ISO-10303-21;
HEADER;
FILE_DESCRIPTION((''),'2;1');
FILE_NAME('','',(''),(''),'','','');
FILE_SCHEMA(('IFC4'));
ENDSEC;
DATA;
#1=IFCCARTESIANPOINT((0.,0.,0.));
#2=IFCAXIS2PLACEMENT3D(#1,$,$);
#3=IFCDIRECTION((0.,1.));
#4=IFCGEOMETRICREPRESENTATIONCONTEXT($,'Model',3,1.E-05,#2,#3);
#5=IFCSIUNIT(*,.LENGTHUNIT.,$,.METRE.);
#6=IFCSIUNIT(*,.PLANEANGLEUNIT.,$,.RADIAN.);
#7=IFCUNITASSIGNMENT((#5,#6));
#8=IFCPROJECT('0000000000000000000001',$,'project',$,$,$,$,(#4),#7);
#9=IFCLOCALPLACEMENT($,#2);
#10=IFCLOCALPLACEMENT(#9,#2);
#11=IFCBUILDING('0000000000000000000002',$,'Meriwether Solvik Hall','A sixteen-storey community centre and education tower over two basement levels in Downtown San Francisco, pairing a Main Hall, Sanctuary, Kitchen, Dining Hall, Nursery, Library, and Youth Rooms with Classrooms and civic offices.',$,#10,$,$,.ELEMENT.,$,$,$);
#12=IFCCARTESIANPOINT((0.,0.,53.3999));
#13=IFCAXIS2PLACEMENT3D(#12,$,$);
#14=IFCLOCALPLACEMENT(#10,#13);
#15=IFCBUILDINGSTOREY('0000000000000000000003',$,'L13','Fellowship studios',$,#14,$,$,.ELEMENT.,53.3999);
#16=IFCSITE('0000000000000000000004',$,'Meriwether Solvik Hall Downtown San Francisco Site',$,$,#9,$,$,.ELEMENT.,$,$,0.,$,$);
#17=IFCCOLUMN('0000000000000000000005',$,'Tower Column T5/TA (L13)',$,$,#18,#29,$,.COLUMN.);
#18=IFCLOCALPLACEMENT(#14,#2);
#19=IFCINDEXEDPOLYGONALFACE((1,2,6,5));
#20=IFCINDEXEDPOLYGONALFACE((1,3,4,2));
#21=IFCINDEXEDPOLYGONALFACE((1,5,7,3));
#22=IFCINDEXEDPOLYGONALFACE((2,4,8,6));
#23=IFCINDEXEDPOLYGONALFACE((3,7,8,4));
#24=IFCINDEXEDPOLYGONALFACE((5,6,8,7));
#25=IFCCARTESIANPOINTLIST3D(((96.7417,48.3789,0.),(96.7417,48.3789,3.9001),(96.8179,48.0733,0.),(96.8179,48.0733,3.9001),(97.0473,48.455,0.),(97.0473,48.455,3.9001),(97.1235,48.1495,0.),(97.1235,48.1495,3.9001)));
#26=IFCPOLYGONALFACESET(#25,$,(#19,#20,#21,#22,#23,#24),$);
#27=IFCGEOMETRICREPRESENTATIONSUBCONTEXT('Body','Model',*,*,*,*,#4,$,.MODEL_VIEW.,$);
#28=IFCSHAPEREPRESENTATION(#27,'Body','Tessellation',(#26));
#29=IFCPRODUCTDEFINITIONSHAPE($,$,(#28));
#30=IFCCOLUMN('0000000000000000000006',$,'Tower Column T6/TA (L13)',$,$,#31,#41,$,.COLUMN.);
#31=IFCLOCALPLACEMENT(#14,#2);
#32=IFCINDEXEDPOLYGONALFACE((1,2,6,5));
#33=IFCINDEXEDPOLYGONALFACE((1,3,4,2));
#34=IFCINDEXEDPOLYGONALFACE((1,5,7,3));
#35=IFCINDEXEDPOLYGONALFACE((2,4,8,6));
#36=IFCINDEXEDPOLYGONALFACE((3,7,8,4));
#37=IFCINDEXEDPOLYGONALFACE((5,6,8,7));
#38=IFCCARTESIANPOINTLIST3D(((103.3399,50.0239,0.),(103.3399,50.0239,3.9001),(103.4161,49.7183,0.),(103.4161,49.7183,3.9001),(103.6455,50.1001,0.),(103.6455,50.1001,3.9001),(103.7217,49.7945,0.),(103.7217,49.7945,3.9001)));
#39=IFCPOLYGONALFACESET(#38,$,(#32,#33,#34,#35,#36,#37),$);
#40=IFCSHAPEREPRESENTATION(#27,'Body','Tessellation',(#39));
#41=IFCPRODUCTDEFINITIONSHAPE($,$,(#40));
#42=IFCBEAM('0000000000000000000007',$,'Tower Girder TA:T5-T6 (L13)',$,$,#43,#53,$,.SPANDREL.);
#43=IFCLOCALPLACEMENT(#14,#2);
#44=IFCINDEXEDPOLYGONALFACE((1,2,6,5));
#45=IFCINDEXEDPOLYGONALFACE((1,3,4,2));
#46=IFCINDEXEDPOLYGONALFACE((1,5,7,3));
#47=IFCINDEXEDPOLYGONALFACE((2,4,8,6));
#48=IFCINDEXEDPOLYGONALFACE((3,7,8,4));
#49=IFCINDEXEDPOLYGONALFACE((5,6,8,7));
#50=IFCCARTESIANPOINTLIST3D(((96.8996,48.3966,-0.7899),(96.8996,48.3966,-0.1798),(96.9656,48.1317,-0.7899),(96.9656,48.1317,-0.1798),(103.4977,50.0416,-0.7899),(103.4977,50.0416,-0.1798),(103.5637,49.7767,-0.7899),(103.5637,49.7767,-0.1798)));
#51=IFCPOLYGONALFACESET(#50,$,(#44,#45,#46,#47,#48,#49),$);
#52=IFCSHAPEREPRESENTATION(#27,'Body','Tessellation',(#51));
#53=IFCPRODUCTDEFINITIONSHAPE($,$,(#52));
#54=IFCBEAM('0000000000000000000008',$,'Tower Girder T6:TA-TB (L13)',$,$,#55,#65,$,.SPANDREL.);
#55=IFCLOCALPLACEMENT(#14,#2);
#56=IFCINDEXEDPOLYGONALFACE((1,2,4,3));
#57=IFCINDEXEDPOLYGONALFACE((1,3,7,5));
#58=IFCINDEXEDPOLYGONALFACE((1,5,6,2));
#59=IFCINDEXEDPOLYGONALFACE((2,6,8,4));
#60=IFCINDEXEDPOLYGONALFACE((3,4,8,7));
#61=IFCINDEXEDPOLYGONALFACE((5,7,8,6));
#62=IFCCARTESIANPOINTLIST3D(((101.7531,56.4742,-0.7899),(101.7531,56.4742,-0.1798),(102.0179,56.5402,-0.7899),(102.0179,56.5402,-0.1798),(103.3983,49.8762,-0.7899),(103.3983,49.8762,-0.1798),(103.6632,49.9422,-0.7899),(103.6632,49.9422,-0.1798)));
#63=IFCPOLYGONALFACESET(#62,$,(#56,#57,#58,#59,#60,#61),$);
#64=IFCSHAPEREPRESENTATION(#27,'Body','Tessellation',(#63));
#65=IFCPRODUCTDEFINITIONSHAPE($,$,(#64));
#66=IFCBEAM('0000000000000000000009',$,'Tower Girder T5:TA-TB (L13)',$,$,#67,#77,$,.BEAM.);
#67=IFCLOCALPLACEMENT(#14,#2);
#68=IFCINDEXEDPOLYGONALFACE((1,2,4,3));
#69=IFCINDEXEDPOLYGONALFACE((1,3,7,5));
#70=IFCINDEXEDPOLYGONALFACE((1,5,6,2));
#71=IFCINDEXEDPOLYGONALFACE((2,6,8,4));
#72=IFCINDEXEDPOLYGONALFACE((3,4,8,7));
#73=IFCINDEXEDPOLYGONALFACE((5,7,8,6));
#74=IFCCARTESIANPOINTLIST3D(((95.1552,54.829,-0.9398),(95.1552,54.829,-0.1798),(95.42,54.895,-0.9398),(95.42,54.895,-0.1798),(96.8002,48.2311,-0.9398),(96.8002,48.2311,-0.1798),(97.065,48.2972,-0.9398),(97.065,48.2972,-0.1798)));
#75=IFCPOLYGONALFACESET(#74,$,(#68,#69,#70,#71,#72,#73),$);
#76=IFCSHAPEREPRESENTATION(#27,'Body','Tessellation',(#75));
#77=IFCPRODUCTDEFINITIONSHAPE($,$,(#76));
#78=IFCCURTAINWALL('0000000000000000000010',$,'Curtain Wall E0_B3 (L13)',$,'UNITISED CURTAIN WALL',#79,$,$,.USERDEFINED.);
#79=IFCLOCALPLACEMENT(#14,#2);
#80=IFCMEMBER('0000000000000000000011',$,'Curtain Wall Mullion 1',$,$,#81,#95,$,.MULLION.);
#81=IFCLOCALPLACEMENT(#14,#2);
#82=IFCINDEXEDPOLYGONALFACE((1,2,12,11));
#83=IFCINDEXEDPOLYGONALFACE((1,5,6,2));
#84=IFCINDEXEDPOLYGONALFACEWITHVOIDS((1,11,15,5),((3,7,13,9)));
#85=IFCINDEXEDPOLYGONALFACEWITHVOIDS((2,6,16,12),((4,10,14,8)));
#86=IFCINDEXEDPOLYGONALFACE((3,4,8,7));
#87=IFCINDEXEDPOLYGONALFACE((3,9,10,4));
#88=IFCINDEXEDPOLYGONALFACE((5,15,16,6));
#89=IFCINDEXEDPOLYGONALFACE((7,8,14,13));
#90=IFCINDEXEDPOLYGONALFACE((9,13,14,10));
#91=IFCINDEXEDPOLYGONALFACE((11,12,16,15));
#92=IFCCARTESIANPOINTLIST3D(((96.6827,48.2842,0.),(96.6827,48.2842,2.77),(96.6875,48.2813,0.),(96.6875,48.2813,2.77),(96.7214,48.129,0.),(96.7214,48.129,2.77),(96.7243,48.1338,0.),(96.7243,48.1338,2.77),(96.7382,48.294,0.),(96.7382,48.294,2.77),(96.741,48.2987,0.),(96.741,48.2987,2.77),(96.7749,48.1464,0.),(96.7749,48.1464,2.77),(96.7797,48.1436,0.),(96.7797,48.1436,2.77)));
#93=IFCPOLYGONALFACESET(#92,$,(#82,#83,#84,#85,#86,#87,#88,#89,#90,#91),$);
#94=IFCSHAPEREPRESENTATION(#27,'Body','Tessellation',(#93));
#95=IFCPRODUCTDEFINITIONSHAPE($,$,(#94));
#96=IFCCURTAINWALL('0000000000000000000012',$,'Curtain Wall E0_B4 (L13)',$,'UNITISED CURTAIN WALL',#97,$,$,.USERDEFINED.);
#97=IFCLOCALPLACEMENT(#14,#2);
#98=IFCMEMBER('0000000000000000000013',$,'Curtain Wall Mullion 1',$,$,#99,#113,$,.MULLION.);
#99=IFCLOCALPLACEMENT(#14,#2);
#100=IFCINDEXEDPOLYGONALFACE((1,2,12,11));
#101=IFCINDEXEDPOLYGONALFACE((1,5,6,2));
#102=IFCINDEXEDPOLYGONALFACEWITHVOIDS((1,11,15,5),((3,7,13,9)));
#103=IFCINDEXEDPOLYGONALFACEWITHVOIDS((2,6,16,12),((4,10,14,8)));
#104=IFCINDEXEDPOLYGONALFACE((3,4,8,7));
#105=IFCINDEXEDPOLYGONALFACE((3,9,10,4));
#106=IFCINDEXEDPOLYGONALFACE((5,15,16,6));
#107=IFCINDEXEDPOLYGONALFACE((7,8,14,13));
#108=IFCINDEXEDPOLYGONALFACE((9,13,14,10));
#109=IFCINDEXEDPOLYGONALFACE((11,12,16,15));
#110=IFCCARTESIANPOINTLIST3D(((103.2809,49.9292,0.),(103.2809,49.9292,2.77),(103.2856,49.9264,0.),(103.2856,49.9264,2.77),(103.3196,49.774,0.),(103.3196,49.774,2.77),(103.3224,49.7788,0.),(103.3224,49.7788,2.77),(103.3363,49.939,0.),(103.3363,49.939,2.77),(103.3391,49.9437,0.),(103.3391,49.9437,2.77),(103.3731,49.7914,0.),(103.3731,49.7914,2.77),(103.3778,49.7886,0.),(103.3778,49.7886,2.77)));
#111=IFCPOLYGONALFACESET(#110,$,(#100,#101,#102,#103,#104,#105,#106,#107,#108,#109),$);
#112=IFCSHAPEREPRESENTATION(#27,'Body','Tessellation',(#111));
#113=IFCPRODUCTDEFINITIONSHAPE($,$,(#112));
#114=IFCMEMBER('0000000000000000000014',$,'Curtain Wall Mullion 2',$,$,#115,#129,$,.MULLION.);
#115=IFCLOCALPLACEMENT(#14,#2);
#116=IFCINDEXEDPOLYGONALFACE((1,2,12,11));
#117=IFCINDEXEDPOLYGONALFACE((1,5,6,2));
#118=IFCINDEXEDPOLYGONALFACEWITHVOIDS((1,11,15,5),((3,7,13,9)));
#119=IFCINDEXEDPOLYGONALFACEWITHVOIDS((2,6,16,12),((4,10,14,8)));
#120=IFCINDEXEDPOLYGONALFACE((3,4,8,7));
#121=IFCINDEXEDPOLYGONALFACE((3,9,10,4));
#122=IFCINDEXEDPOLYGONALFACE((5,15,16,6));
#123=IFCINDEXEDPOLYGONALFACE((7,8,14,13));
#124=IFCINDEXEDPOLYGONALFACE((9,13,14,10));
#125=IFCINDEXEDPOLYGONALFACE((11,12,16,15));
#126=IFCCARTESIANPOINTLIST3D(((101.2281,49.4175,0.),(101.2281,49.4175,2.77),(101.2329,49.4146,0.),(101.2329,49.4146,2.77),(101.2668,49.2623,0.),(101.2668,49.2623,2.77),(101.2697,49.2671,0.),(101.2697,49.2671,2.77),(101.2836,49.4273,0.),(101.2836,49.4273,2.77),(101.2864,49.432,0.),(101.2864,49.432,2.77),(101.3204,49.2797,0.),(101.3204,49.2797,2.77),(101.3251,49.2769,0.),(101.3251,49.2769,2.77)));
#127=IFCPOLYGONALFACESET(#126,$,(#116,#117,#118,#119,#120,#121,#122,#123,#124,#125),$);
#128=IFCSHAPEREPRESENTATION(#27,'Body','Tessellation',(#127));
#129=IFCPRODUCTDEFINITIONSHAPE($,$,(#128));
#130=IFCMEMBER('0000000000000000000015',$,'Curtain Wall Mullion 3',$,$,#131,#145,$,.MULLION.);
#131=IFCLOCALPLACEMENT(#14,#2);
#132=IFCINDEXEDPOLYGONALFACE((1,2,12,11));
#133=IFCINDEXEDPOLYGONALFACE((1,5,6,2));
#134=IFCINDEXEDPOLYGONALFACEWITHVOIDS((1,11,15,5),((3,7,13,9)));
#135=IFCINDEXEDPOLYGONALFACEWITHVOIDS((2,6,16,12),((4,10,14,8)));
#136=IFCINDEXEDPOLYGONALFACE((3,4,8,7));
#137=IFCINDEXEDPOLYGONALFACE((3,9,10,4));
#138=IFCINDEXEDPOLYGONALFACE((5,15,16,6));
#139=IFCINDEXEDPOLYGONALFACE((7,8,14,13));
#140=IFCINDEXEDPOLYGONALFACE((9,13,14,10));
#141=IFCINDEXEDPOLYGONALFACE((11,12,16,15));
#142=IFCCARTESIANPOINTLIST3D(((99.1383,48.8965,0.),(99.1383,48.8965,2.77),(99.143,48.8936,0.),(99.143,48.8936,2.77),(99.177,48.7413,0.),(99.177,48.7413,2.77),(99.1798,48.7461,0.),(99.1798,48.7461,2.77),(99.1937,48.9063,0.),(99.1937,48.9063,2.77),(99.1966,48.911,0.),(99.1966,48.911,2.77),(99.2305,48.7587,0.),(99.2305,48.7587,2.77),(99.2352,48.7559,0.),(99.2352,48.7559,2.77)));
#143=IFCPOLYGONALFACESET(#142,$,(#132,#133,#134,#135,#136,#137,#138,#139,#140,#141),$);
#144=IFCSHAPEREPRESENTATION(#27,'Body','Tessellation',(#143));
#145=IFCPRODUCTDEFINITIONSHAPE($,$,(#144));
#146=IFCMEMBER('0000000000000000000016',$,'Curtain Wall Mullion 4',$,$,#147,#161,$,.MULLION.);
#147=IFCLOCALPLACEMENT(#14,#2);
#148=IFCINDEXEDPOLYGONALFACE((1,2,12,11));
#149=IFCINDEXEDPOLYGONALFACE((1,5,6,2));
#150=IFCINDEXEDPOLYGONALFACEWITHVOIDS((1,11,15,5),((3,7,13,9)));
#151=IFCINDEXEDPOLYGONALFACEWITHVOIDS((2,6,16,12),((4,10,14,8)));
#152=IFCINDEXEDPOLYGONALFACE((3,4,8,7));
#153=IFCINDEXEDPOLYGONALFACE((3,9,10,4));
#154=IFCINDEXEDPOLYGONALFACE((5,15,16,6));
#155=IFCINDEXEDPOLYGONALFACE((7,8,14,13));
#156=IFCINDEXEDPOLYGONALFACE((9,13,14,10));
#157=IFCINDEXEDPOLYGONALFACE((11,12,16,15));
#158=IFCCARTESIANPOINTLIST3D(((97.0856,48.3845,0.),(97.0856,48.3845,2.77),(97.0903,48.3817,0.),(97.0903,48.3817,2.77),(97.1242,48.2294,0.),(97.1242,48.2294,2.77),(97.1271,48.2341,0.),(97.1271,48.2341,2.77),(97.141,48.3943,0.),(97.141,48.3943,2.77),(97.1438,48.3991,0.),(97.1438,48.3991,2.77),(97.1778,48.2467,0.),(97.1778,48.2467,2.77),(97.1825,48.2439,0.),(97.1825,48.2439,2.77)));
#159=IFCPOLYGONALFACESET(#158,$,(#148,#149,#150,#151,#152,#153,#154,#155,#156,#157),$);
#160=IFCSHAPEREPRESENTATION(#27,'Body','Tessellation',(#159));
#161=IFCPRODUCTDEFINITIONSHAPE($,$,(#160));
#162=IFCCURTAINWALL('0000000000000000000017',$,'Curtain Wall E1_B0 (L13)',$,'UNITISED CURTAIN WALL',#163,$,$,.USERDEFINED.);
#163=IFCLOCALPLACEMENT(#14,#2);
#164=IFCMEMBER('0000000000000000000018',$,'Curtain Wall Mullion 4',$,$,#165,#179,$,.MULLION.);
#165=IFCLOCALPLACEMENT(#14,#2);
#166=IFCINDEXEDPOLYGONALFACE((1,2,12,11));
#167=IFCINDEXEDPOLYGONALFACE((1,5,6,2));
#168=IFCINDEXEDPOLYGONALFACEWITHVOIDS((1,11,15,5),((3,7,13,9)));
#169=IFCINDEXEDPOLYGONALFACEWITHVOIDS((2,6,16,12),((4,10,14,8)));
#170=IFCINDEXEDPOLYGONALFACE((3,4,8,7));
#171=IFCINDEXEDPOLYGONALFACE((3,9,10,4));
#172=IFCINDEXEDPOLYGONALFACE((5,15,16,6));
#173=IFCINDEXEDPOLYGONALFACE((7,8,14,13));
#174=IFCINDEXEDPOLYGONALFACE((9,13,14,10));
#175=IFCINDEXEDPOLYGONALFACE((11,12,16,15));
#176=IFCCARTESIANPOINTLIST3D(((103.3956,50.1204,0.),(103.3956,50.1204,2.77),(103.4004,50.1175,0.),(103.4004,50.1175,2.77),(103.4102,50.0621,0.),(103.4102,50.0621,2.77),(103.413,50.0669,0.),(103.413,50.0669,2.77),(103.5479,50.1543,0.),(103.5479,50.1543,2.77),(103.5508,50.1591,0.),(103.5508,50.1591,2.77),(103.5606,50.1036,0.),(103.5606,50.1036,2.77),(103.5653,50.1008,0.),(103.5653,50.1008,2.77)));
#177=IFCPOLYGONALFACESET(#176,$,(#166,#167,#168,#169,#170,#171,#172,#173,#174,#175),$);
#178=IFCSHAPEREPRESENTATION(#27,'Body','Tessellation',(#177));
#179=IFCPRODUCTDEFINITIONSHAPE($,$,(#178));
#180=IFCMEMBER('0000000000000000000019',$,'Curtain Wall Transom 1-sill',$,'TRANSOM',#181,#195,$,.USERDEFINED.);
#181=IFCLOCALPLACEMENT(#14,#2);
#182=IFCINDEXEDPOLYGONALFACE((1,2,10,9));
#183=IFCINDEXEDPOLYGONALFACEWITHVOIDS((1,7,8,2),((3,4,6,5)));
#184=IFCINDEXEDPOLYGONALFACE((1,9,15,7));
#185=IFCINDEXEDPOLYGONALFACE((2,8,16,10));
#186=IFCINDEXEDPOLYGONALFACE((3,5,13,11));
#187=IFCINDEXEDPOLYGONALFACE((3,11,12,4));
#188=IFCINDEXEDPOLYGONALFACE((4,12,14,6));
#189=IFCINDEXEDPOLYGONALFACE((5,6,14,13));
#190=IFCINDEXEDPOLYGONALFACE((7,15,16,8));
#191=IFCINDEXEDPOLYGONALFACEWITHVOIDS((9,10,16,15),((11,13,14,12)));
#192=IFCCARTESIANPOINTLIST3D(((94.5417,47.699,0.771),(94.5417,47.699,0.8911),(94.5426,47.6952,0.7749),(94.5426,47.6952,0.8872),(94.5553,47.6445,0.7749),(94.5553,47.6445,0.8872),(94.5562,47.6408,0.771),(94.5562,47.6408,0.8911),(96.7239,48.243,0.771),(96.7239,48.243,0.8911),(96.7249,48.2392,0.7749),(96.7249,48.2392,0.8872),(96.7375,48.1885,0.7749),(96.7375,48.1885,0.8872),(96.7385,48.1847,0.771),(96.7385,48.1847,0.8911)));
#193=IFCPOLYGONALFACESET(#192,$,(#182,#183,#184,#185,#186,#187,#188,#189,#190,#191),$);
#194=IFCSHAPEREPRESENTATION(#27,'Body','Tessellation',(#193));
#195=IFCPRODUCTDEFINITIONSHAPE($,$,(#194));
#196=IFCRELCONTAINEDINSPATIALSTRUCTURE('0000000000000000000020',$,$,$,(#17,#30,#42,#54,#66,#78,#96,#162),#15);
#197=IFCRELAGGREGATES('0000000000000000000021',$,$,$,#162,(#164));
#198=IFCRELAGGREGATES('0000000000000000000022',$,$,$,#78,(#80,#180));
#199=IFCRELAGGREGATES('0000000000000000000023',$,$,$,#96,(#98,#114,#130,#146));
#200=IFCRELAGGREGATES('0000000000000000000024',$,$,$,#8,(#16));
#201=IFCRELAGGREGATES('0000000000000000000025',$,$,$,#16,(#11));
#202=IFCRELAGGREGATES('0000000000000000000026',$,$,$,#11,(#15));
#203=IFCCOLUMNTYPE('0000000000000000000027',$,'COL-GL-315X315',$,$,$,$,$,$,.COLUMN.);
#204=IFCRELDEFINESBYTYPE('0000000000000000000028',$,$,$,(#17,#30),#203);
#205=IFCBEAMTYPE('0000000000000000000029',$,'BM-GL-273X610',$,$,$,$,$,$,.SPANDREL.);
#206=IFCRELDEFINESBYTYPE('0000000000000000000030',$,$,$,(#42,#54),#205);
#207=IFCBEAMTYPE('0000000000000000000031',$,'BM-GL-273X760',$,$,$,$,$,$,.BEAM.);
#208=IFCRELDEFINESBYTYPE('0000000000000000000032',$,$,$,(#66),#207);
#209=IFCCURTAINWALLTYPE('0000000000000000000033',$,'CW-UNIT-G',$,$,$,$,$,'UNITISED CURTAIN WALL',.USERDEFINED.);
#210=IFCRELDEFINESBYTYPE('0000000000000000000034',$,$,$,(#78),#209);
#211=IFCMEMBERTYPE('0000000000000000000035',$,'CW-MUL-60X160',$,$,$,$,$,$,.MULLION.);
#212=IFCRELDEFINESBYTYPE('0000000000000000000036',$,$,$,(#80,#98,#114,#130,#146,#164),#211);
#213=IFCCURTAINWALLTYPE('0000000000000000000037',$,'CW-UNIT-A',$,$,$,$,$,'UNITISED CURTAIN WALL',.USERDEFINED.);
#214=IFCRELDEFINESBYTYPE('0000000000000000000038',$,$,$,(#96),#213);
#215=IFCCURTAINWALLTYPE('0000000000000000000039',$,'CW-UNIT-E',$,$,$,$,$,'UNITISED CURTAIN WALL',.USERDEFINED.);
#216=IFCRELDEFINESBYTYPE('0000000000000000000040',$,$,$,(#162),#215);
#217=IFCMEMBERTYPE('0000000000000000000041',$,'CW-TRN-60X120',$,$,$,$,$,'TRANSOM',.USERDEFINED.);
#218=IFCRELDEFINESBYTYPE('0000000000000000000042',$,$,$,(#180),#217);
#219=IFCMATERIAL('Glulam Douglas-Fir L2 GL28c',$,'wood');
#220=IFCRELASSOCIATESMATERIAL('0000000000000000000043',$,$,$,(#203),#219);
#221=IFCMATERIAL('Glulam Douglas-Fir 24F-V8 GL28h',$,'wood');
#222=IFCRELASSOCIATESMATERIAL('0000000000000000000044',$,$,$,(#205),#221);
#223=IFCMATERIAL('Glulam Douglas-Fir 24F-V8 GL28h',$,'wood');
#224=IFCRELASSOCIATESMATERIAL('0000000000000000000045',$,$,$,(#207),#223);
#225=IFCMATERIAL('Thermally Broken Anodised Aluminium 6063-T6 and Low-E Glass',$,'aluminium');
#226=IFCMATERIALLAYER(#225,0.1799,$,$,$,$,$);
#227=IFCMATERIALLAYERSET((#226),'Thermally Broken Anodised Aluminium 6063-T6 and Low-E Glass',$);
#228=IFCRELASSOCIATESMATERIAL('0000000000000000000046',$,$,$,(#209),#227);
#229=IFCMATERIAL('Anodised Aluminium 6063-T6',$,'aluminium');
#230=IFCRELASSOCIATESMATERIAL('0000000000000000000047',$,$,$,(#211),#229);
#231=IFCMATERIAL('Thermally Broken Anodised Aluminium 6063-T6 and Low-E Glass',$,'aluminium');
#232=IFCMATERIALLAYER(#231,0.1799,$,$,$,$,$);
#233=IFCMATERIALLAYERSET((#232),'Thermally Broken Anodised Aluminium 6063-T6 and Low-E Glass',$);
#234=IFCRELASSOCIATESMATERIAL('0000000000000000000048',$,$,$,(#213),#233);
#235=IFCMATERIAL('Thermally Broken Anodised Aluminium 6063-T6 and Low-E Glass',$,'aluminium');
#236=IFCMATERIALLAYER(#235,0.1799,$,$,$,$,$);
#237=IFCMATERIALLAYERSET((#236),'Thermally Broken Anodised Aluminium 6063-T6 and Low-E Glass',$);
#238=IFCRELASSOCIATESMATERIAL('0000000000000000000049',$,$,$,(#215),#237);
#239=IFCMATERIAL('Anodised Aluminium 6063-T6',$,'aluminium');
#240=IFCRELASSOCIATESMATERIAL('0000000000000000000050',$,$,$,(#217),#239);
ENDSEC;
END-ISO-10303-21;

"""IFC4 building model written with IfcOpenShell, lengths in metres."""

from ifc_helpers import new_model, si_unit, direction, frame, origin, origin_2d, place, context, subcontext, project, spatial, rectangle, hollow_rectangle, extrude, material, layer, layer_set, material_profile, profile_set, type_object, element, aggregate, save


model = new_model("IFC4")

# Units and contexts
model_context = context("Model", 3, precision=1e-05, world=origin(), true_north=direction((0.0, 1.0)))
body_context = subcontext(model_context, "Body", "Model", "MODEL_VIEW")
ifc_project = project(units=[si_unit("LENGTHUNIT", "METRE"), si_unit("PLANEANGLEUNIT", "RADIAN")], contexts=[model_context])

# Site, building, storey
site_placement = place(None, origin())
site = spatial("IfcSite", under=ifc_project, at=site_placement, Name="Meriwether Solvik Hall Downtown San Francisco Site", CompositionType="ELEMENT", RefElevation=0.0)
building_placement = place(site_placement, origin())
building = spatial("IfcBuilding", under=site, at=building_placement, Name="Meriwether Solvik Hall", Description="A sixteen-storey community centre and education tower over two basement levels in Downtown San Francisco, pairing a Main Hall, Sanctuary, Kitchen, Dining Hall, Nursery, Library, and Youth Rooms with Classrooms and civic offices.", CompositionType="ELEMENT")
storey_placement = place(building_placement, frame((0.0, 0.0, 53.3999)))
storey = spatial("IfcBuildingStorey", under=building, at=storey_placement, Name="L13", Description="Fellowship studios", CompositionType="ELEMENT", Elevation=53.3999)

# Columns
ifc_material_1 = material(Name="Glulam Douglas-Fir L2 GL28c", Category="wood")
ifc_material_profile_1 = material_profile(ifc_material_1, rectangle(XDim=0.3149, YDim=0.3149, at=origin_2d()), Name="GLC-315X315")
ifc_profile_set_1 = profile_set([ifc_material_profile_1], Name="Glulam Douglas-Fir L2 GL28c")
column_type = type_object("IfcColumnType", Name="COL-GL-315X315", PredefinedType="COLUMN", material=ifc_profile_set_1)
for number, where, z_axis, x_axis, name in (
    (1, (96.9326, 48.2642, 0.0), (0.0, 0.0, 1.0), (0.970296, 0.241922, 0.0), "Tower Column T5/TA (L13)"),
    (2, (103.5308, 49.9092, 0.0), (0.0, 0.0, 1.0), (0.970296, 0.241922, 0.0), "Tower Column T6/TA (L13)"),
):
    element("IfcColumn", number, at=place(storey_placement, frame(where, z_axis=z_axis, x_axis=x_axis)), inside=storey, type_object=column_type, Name=name, PredefinedType="COLUMN", context=body_context, shape_type="SweptSolid", body=[
        extrude(rectangle(XDim=0.3149, YDim=0.3149, at=origin_2d()), origin(), (0.0, 0.0, 1.0), 3.9001),
    ])

# Beams
ifc_material_2 = material(Name="Glulam Douglas-Fir 24F-V8 GL28h", Category="wood")
ifc_material_profile_2 = material_profile(ifc_material_2, rectangle(XDim=0.2729, YDim=0.6101, at=origin_2d()), Name="GLB-273X610")
ifc_profile_set_2 = profile_set([ifc_material_profile_2], Name="Glulam Douglas-Fir 24F-V8 GL28h")
beam_type_1 = type_object("IfcBeamType", Name="BM-GL-273X610", PredefinedType="SPANDREL", material=ifc_profile_set_2)
for number, where, z_axis, x_axis, name in (
    (3, (96.9326, 48.2642, -0.4849), (0.970299, 0.24191, 0.0), (-0.24191, 0.970299, 0.0), "Tower Girder TA:T5-T6 (L13)"),
    (4, (103.5308, 49.9092, -0.4849), (-0.241953, 0.970288, 0.0), (-0.970288, -0.241953, 0.0), "Tower Girder T6:TA-TB (L13)"),
):
    element("IfcBeam", number, at=place(storey_placement, frame(where, z_axis=z_axis, x_axis=x_axis)), inside=storey, type_object=beam_type_1, Name=name, PredefinedType="SPANDREL", context=body_context, shape_type="SweptSolid", body=[
        extrude(rectangle(XDim=0.2729, YDim=0.6101, at=origin_2d()), origin(), (0.0, 0.0, 1.0), 6.8),
    ])
ifc_material_3 = material(Name="Glulam Douglas-Fir 24F-V8 GL28h", Category="wood")
ifc_material_profile_3 = material_profile(ifc_material_3, rectangle(XDim=0.2729, YDim=0.76, at=origin_2d()), Name="GLB-273X760")
ifc_profile_set_3 = profile_set([ifc_material_profile_3], Name="Glulam Douglas-Fir 24F-V8 GL28h")
beam_type_2 = type_object("IfcBeamType", Name="BM-GL-273X760", PredefinedType="BEAM", material=ifc_profile_set_3)
beam_1_placement = place(storey_placement, frame((96.9326, 48.2642, -0.5598), z_axis=(-0.241919, 0.970296, 0.0), x_axis=(-0.970296, -0.241919, 0.0)))
element("IfcBeam", 5, at=beam_1_placement, inside=storey, type_object=beam_type_2, Name="Tower Girder T5:TA-TB (L13)", PredefinedType="BEAM", context=body_context, shape_type="SweptSolid", body=[
    extrude(rectangle(XDim=0.2729, YDim=0.76, at=origin_2d()), origin(), (0.0, 0.0, 1.0), 6.7998),
])

# Curtain wall, member
ifc_material_4 = material(Name="Thermally Broken Anodised Aluminium 6063-T6 and Low-E Glass", Category="aluminium")
ifc_layer_1 = layer(ifc_material_4, 0.1799)
ifc_layer_set_1 = layer_set([ifc_layer_1], Name="Thermally Broken Anodised Aluminium 6063-T6 and Low-E Glass")
curtain_wall_type_1 = type_object("IfcCurtainWallType", Name="CW-UNIT-G", ElementType="UNITISED CURTAIN WALL", PredefinedType="USERDEFINED", material=ifc_layer_set_1)
curtain_wall_1_placement = place(storey_placement, origin())
curtain_wall_1 = element("IfcCurtainWall", 6, at=curtain_wall_1_placement, inside=storey, type_object=curtain_wall_type_1, Name="Curtain Wall E0_B3 (L13)", ObjectType="UNITISED CURTAIN WALL", PredefinedType="USERDEFINED")
ifc_material_5 = material(Name="Anodised Aluminium 6063-T6", Category="aluminium")
ifc_material_profile_4 = material_profile(ifc_material_5, hollow_rectangle(XDim=0.0601, YDim=0.1599, WallThickness=0.0039, at=origin_2d()), Name="CWM-60X160")
ifc_profile_set_4 = profile_set([ifc_material_profile_4], Name="Anodised Aluminium 6063-T6")
member_type_1 = type_object("IfcMemberType", Name="CW-MUL-60X160", PredefinedType="MULLION", material=ifc_profile_set_4)
member_1_placement = place(storey_placement, frame((96.7312, 48.2139, 0.0), z_axis=(0.0, 0.0, 1.0), x_axis=(-0.970296, -0.241922, 0.0)))
member_1 = element("IfcMember", 7, at=member_1_placement, type_object=member_type_1, Name="Curtain Wall Mullion 1", PredefinedType="MULLION", context=body_context, shape_type="SweptSolid", body=[
    extrude(hollow_rectangle(XDim=0.0601, YDim=0.1599, WallThickness=0.0039, at=origin_2d()), origin(), (0.0, 0.0, 1.0), 2.77),
])

# Curtain wall, members
ifc_material_6 = material(Name="Thermally Broken Anodised Aluminium 6063-T6 and Low-E Glass", Category="aluminium")
ifc_layer_2 = layer(ifc_material_6, 0.1799)
ifc_layer_set_2 = layer_set([ifc_layer_2], Name="Thermally Broken Anodised Aluminium 6063-T6 and Low-E Glass")
curtain_wall_type_2 = type_object("IfcCurtainWallType", Name="CW-UNIT-A", ElementType="UNITISED CURTAIN WALL", PredefinedType="USERDEFINED", material=ifc_layer_set_2)
curtain_wall_2_placement = place(storey_placement, origin())
curtain_wall_2 = element("IfcCurtainWall", 8, at=curtain_wall_2_placement, inside=storey, type_object=curtain_wall_type_2, Name="Curtain Wall E0_B4 (L13)", ObjectType="UNITISED CURTAIN WALL", PredefinedType="USERDEFINED")
member_2_placement = place(storey_placement, frame((103.3293, 49.8589, 0.0), z_axis=(0.0, 0.0, 1.0), x_axis=(-0.970296, -0.241922, 0.0)))
member_2 = element("IfcMember", 9, at=member_2_placement, type_object=member_type_1, Name="Curtain Wall Mullion 1", PredefinedType="MULLION", context=body_context, shape_type="SweptSolid", body=[
    extrude(hollow_rectangle(XDim=0.0601, YDim=0.1599, WallThickness=0.0039, at=origin_2d()), origin(), (0.0, 0.0, 1.0), 2.77),
])
member_3_placement = place(storey_placement, frame((101.2766, 49.3472, 0.0), z_axis=(0.0, 0.0, 1.0), x_axis=(-0.970296, -0.241922, 0.0)))
member_3 = element("IfcMember", 10, at=member_3_placement, type_object=member_type_1, Name="Curtain Wall Mullion 2", PredefinedType="MULLION", context=body_context, shape_type="SweptSolid", body=[
    extrude(hollow_rectangle(XDim=0.0601, YDim=0.1599, WallThickness=0.0039, at=origin_2d()), origin(), (0.0, 0.0, 1.0), 2.77),
])
member_4_placement = place(storey_placement, frame((99.1868, 48.8262, 0.0), z_axis=(0.0, 0.0, 1.0), x_axis=(-0.970296, -0.241922, 0.0)))
member_4 = element("IfcMember", 11, at=member_4_placement, type_object=member_type_1, Name="Curtain Wall Mullion 3", PredefinedType="MULLION", context=body_context, shape_type="SweptSolid", body=[
    extrude(hollow_rectangle(XDim=0.0601, YDim=0.1599, WallThickness=0.0039, at=origin_2d()), origin(), (0.0, 0.0, 1.0), 2.77),
])
member_5_placement = place(storey_placement, frame((97.134, 48.3142, 0.0), z_axis=(0.0, 0.0, 1.0), x_axis=(-0.970296, -0.241922, 0.0)))
member_5 = element("IfcMember", 12, at=member_5_placement, type_object=member_type_1, Name="Curtain Wall Mullion 4", PredefinedType="MULLION", context=body_context, shape_type="SweptSolid", body=[
    extrude(hollow_rectangle(XDim=0.0601, YDim=0.1599, WallThickness=0.0039, at=origin_2d()), origin(), (0.0, 0.0, 1.0), 2.77),
])

# Curtain wall, member
ifc_material_7 = material(Name="Thermally Broken Anodised Aluminium 6063-T6 and Low-E Glass", Category="aluminium")
ifc_layer_3 = layer(ifc_material_7, 0.1799)
ifc_layer_set_3 = layer_set([ifc_layer_3], Name="Thermally Broken Anodised Aluminium 6063-T6 and Low-E Glass")
curtain_wall_type_3 = type_object("IfcCurtainWallType", Name="CW-UNIT-E", ElementType="UNITISED CURTAIN WALL", PredefinedType="USERDEFINED", material=ifc_layer_set_3)
curtain_wall_3_placement = place(storey_placement, origin())
curtain_wall_3 = element("IfcCurtainWall", 13, at=curtain_wall_3_placement, inside=storey, type_object=curtain_wall_type_3, Name="Curtain Wall E1_B0 (L13)", ObjectType="UNITISED CURTAIN WALL", PredefinedType="USERDEFINED")
member_6_placement = place(storey_placement, frame((103.4805, 50.1106, 0.0), z_axis=(0.0, 0.0, 1.0), x_axis=(0.241922, -0.970296, 0.0)))
member_6 = element("IfcMember", 14, at=member_6_placement, type_object=member_type_1, Name="Curtain Wall Mullion 4", PredefinedType="MULLION", context=body_context, shape_type="SweptSolid", body=[
    extrude(hollow_rectangle(XDim=0.0601, YDim=0.1599, WallThickness=0.0039, at=origin_2d()), origin(), (0.0, 0.0, 1.0), 2.77),
])
aggregate(curtain_wall_3, [member_6])

# Member
ifc_material_8 = material(Name="Anodised Aluminium 6063-T6", Category="aluminium")
ifc_material_profile_5 = material_profile(ifc_material_8, hollow_rectangle(XDim=0.0601, YDim=0.1201, WallThickness=0.0039, at=origin_2d()), Name="CWT-60X120")
ifc_profile_set_5 = profile_set([ifc_material_profile_5], Name="Anodised Aluminium 6063-T6")
member_type_2 = type_object("IfcMemberType", Name="CW-TRN-60X120", ElementType="TRANSOM", PredefinedType="USERDEFINED", material=ifc_profile_set_5)
member_7_placement = place(storey_placement, frame((96.7312, 48.2139, 0.8311), z_axis=(-0.970308, -0.241871, 0.0), x_axis=(0.241871, -0.970308, 0.0)))
member_7 = element("IfcMember", 15, at=member_7_placement, type_object=member_type_2, Name="Curtain Wall Transom 1-sill", ObjectType="TRANSOM", PredefinedType="USERDEFINED", context=body_context, shape_type="SweptSolid", body=[
    extrude(hollow_rectangle(XDim=0.0601, YDim=0.1201, WallThickness=0.0039, at=origin_2d()), origin(), (0.0, 0.0, 1.0), 2.249),
])

aggregate(curtain_wall_1, [member_1, member_7])
aggregate(curtain_wall_2, [member_2, member_3, member_4, member_5])

save(model, "model.ifc")
